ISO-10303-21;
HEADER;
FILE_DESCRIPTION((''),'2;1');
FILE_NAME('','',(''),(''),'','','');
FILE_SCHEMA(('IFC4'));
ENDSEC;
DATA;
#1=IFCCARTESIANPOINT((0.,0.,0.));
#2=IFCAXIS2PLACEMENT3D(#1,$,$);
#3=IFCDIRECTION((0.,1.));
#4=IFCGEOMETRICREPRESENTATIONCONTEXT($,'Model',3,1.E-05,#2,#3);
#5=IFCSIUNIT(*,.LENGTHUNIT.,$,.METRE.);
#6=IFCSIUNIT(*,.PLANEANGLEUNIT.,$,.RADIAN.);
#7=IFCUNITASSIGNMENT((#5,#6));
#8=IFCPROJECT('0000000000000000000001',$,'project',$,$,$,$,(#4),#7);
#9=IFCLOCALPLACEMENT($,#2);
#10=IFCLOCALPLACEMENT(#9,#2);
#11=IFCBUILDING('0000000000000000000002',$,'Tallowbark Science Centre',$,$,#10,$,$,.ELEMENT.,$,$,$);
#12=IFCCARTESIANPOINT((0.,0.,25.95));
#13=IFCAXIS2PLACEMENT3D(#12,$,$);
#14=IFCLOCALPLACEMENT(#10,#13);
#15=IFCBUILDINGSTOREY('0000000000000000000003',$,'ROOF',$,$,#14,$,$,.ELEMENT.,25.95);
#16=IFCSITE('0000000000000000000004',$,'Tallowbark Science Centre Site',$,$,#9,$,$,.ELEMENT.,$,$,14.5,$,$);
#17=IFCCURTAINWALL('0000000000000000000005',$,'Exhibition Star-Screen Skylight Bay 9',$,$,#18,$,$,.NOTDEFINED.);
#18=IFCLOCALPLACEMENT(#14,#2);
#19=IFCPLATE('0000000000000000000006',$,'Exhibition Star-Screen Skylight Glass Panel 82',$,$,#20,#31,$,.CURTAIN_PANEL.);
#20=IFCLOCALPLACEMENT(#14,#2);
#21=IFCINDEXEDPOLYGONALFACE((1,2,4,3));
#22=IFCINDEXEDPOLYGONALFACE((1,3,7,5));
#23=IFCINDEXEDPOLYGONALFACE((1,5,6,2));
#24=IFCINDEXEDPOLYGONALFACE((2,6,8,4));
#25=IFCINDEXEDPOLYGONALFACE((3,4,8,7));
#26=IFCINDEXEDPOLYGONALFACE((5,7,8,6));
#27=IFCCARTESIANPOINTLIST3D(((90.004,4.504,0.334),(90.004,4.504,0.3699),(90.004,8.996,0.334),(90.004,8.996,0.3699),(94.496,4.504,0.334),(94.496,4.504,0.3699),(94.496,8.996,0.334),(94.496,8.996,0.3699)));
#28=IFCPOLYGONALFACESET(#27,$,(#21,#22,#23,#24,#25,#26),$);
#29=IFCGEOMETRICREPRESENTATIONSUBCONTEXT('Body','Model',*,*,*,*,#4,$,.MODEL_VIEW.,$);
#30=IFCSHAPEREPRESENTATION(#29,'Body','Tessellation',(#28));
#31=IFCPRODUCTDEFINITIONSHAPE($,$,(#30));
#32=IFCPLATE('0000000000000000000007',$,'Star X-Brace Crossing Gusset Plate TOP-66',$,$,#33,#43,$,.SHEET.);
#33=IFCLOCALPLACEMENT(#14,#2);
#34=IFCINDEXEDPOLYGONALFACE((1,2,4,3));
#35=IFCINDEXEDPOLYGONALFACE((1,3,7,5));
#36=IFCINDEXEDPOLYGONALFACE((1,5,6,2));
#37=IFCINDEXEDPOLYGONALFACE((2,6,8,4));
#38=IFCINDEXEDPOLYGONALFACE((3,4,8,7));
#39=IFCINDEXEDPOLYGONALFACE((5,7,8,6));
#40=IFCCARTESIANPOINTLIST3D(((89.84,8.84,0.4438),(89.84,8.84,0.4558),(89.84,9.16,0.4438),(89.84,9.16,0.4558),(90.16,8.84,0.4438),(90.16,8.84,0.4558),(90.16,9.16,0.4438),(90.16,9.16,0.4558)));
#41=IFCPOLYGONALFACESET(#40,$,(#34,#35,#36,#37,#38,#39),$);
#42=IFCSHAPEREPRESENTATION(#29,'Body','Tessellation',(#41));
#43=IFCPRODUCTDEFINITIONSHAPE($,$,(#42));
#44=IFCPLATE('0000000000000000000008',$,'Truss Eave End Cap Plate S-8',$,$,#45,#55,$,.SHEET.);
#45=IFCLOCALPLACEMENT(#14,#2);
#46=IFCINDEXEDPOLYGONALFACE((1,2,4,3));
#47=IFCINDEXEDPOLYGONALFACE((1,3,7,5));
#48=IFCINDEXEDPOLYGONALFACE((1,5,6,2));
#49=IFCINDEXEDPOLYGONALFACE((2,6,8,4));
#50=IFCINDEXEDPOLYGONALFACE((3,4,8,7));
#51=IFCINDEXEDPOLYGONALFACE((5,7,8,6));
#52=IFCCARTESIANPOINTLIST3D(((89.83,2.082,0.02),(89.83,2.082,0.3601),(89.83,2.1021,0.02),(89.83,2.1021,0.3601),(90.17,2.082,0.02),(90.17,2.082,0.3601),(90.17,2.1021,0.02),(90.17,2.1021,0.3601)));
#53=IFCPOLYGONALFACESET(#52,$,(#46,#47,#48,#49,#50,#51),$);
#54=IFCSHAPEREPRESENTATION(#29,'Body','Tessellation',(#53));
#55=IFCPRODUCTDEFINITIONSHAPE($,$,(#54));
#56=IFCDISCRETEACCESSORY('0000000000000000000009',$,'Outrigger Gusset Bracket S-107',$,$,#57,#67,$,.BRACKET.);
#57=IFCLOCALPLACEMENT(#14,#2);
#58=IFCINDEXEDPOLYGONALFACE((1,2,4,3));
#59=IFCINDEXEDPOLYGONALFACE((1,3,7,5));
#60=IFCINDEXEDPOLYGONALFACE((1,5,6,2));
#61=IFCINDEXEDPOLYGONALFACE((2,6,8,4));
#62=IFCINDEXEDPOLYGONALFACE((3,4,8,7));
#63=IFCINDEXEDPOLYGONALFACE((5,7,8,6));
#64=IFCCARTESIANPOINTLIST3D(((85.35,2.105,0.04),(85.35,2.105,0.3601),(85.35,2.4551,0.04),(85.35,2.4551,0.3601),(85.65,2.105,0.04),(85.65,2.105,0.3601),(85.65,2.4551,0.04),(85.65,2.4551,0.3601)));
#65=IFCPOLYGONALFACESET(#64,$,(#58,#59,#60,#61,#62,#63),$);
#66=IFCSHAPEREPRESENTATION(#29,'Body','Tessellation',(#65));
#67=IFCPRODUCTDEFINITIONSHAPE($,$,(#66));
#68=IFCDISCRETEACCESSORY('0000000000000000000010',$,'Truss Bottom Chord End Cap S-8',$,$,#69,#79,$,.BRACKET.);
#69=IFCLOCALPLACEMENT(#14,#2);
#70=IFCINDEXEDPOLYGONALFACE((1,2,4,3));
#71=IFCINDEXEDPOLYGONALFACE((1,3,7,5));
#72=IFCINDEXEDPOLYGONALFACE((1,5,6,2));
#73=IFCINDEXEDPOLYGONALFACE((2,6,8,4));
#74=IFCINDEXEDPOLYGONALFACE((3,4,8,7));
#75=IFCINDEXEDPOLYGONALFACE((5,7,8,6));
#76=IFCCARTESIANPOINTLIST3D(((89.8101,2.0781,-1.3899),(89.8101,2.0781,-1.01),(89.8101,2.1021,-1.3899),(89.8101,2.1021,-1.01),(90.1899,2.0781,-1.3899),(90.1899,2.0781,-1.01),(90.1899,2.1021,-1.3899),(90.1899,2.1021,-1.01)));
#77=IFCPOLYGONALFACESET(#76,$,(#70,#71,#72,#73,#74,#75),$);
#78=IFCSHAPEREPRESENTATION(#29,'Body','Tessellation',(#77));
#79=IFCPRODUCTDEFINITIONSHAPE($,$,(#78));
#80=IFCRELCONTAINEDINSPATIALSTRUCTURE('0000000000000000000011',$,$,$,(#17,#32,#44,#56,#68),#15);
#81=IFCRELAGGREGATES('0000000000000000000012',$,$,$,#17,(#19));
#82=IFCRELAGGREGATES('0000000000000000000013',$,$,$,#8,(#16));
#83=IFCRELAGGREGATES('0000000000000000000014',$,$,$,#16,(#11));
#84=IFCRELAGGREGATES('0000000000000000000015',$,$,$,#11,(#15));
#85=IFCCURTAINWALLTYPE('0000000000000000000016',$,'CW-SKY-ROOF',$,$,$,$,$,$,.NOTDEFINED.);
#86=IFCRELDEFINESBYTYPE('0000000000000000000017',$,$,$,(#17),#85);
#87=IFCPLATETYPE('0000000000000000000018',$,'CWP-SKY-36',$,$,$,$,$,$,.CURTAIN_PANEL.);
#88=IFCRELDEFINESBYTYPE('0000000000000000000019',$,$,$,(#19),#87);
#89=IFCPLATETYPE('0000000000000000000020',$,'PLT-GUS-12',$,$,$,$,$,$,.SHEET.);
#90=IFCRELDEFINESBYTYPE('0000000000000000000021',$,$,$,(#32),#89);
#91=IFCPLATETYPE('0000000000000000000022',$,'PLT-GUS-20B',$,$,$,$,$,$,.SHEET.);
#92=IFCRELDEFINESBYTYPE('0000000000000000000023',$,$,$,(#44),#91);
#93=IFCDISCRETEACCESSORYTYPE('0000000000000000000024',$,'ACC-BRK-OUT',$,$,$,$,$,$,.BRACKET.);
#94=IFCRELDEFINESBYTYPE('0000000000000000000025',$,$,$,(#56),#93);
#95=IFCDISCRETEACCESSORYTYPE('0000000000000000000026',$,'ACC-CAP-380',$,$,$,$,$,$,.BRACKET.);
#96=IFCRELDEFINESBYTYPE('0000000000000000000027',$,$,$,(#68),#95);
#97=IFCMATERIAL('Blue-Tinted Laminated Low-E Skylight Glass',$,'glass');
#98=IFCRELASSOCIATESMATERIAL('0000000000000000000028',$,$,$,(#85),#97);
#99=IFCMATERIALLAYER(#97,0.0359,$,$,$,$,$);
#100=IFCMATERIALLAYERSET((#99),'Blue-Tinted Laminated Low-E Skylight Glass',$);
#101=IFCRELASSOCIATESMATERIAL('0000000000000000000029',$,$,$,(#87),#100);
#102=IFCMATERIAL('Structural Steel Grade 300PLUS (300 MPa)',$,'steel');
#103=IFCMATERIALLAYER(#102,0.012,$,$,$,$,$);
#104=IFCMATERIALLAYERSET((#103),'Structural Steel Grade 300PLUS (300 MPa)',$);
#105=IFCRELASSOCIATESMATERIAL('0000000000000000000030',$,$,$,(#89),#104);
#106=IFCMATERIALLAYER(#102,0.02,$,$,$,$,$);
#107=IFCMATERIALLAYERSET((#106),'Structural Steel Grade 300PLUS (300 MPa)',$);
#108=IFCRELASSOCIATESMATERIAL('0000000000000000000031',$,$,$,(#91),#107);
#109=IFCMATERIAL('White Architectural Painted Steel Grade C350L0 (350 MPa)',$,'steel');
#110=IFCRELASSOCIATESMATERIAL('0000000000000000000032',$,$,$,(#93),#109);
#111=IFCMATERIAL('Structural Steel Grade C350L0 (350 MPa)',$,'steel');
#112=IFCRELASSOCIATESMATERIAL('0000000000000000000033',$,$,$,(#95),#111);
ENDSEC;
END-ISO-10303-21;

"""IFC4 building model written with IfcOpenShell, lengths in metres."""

from ifc_helpers import new_model, si_unit, direction, frame, origin, origin_2d, place, context, subcontext, project, spatial, rectangle, extrude, material, layer, layer_set, type_object, element, aggregate, save


model = new_model("IFC4")

# Units and contexts
model_context = context("Model", 3, precision=1e-05, world=origin(), true_north=direction((0.0, 1.0)))
body_context = subcontext(model_context, "Body", "Model", "MODEL_VIEW")
ifc_project = project(units=[si_unit("LENGTHUNIT", "METRE"), si_unit("PLANEANGLEUNIT", "RADIAN")], contexts=[model_context])

# Site, building, storey
site_placement = place(None, origin())
site = spatial("IfcSite", under=ifc_project, at=site_placement, Name="Tallowbark Science Centre Site", CompositionType="ELEMENT", RefElevation=14.5)
building_placement = place(site_placement, origin())
building = spatial("IfcBuilding", under=site, at=building_placement, Name="Tallowbark Science Centre", CompositionType="ELEMENT")
storey_placement = place(building_placement, frame((0.0, 0.0, 25.95)))
storey = spatial("IfcBuildingStorey", under=building, at=storey_placement, Name="ROOF", CompositionType="ELEMENT", Elevation=25.95)

# Shared definitions
ifc_material_1 = material(Name="White Architectural Painted Steel Grade C350L0 (350 MPa)", Category="steel")

# Shared definitions
ifc_material_2 = material(Name="Blue-Tinted Laminated Low-E Skylight Glass", Category="glass")
curtain_wall_type = type_object("IfcCurtainWallType", Name="CW-SKY-ROOF", PredefinedType="NOTDEFINED", material=ifc_material_2)

# Curtain wall
curtain_wall_1_placement = place(storey_placement, origin())
curtain_wall_1 = element("IfcCurtainWall", 1, at=curtain_wall_1_placement, inside=storey, type_object=curtain_wall_type, Name="Exhibition Star-Screen Skylight Bay 9", PredefinedType="NOTDEFINED")

# Plate
ifc_layer_1 = layer(ifc_material_2, 0.0359)
ifc_layer_set_1 = layer_set([ifc_layer_1], Name="Blue-Tinted Laminated Low-E Skylight Glass")
plate_type_1 = type_object("IfcPlateType", Name="CWP-SKY-36", PredefinedType="CURTAIN_PANEL", material=ifc_layer_set_1)
plate_1_placement = place(storey_placement, frame((92.25, 6.75, 0.334), z_axis=(0.0, 0.0, 1.0), x_axis=(1.0, 0.0, 0.0)))
plate_1 = element("IfcPlate", 2, at=plate_1_placement, type_object=plate_type_1, Name="Exhibition Star-Screen Skylight Glass Panel 82", PredefinedType="CURTAIN_PANEL", context=body_context, shape_type="SweptSolid", body=[
    extrude(rectangle(XDim=4.4919, YDim=4.4919, at=origin_2d()), origin(), (0.0, 0.0, 1.0), 0.0359),
])
aggregate(curtain_wall_1, [plate_1])

# Plates
ifc_material_3 = material(Name="Structural Steel Grade 300PLUS (300 MPa)", Category="steel")
ifc_layer_2 = layer(ifc_material_3, 0.012)
ifc_layer_set_2 = layer_set([ifc_layer_2], Name="Structural Steel Grade 300PLUS (300 MPa)")
plate_type_2 = type_object("IfcPlateType", Name="PLT-GUS-12", PredefinedType="SHEET", material=ifc_layer_set_2)
plate_2_placement = place(storey_placement, frame((90.0, 9.0, 0.4438), z_axis=(0.0, 0.0, 1.0), x_axis=(1.0, 0.0, 0.0)))
element("IfcPlate", 3, at=plate_2_placement, inside=storey, type_object=plate_type_2, Name="Star X-Brace Crossing Gusset Plate TOP-66", PredefinedType="SHEET", context=body_context, shape_type="SweptSolid", body=[
    extrude(rectangle(XDim=0.3201, YDim=0.3201, at=origin_2d()), origin(), (0.0, 0.0, 1.0), 0.012),
])
ifc_layer_3 = layer(ifc_material_3, 0.02)
ifc_layer_set_3 = layer_set([ifc_layer_3], Name="Structural Steel Grade 300PLUS (300 MPa)")
plate_type_3 = type_object("IfcPlateType", Name="PLT-GUS-20B", PredefinedType="SHEET", material=ifc_layer_set_3)
plate_3_placement = place(storey_placement, frame((90.0, 2.092, 0.02), z_axis=(0.0, 0.0, 1.0), x_axis=(1.0, 0.0, 0.0)))
element("IfcPlate", 4, at=plate_3_placement, inside=storey, type_object=plate_type_3, Name="Truss Eave End Cap Plate S-8", PredefinedType="SHEET", context=body_context, shape_type="SweptSolid", body=[
    extrude(rectangle(XDim=0.3401, YDim=0.02, at=origin_2d()), origin(), (0.0, 0.0, 1.0), 0.3401),
])

# Discrete accessories
discrete_accessory_type_1 = type_object("IfcDiscreteAccessoryType", Name="ACC-BRK-OUT", PredefinedType="BRACKET", material=ifc_material_1)
discrete_accessory_1_placement = place(storey_placement, frame((85.5, 2.28, 0.04), z_axis=(0.0, 0.0, 1.0), x_axis=(1.0, 0.0, 0.0)))
element("IfcDiscreteAccessory", 5, at=discrete_accessory_1_placement, inside=storey, type_object=discrete_accessory_type_1, Name="Outrigger Gusset Bracket S-107", PredefinedType="BRACKET", context=body_context, shape_type="SweptSolid", body=[
    extrude(rectangle(XDim=0.3, YDim=0.3501, at=origin_2d()), origin(), (0.0, 0.0, 1.0), 0.3201),
])
ifc_material_4 = material(Name="Structural Steel Grade C350L0 (350 MPa)", Category="steel")
discrete_accessory_type_2 = type_object("IfcDiscreteAccessoryType", Name="ACC-CAP-380", PredefinedType="BRACKET", material=ifc_material_4)
discrete_accessory_2_placement = place(storey_placement, frame((90.0, 2.0901, -1.3899), z_axis=(0.0, 0.0, 1.0), x_axis=(1.0, 0.0, 0.0)))
element("IfcDiscreteAccessory", 6, at=discrete_accessory_2_placement, inside=storey, type_object=discrete_accessory_type_2, Name="Truss Bottom Chord End Cap S-8", PredefinedType="BRACKET", context=body_context, shape_type="SweptSolid", body=[
    extrude(rectangle(XDim=0.3799, YDim=0.0239, at=origin_2d()), origin(), (0.0, 0.0, 1.0), 0.3799),
])

save(model, "model.ifc")
